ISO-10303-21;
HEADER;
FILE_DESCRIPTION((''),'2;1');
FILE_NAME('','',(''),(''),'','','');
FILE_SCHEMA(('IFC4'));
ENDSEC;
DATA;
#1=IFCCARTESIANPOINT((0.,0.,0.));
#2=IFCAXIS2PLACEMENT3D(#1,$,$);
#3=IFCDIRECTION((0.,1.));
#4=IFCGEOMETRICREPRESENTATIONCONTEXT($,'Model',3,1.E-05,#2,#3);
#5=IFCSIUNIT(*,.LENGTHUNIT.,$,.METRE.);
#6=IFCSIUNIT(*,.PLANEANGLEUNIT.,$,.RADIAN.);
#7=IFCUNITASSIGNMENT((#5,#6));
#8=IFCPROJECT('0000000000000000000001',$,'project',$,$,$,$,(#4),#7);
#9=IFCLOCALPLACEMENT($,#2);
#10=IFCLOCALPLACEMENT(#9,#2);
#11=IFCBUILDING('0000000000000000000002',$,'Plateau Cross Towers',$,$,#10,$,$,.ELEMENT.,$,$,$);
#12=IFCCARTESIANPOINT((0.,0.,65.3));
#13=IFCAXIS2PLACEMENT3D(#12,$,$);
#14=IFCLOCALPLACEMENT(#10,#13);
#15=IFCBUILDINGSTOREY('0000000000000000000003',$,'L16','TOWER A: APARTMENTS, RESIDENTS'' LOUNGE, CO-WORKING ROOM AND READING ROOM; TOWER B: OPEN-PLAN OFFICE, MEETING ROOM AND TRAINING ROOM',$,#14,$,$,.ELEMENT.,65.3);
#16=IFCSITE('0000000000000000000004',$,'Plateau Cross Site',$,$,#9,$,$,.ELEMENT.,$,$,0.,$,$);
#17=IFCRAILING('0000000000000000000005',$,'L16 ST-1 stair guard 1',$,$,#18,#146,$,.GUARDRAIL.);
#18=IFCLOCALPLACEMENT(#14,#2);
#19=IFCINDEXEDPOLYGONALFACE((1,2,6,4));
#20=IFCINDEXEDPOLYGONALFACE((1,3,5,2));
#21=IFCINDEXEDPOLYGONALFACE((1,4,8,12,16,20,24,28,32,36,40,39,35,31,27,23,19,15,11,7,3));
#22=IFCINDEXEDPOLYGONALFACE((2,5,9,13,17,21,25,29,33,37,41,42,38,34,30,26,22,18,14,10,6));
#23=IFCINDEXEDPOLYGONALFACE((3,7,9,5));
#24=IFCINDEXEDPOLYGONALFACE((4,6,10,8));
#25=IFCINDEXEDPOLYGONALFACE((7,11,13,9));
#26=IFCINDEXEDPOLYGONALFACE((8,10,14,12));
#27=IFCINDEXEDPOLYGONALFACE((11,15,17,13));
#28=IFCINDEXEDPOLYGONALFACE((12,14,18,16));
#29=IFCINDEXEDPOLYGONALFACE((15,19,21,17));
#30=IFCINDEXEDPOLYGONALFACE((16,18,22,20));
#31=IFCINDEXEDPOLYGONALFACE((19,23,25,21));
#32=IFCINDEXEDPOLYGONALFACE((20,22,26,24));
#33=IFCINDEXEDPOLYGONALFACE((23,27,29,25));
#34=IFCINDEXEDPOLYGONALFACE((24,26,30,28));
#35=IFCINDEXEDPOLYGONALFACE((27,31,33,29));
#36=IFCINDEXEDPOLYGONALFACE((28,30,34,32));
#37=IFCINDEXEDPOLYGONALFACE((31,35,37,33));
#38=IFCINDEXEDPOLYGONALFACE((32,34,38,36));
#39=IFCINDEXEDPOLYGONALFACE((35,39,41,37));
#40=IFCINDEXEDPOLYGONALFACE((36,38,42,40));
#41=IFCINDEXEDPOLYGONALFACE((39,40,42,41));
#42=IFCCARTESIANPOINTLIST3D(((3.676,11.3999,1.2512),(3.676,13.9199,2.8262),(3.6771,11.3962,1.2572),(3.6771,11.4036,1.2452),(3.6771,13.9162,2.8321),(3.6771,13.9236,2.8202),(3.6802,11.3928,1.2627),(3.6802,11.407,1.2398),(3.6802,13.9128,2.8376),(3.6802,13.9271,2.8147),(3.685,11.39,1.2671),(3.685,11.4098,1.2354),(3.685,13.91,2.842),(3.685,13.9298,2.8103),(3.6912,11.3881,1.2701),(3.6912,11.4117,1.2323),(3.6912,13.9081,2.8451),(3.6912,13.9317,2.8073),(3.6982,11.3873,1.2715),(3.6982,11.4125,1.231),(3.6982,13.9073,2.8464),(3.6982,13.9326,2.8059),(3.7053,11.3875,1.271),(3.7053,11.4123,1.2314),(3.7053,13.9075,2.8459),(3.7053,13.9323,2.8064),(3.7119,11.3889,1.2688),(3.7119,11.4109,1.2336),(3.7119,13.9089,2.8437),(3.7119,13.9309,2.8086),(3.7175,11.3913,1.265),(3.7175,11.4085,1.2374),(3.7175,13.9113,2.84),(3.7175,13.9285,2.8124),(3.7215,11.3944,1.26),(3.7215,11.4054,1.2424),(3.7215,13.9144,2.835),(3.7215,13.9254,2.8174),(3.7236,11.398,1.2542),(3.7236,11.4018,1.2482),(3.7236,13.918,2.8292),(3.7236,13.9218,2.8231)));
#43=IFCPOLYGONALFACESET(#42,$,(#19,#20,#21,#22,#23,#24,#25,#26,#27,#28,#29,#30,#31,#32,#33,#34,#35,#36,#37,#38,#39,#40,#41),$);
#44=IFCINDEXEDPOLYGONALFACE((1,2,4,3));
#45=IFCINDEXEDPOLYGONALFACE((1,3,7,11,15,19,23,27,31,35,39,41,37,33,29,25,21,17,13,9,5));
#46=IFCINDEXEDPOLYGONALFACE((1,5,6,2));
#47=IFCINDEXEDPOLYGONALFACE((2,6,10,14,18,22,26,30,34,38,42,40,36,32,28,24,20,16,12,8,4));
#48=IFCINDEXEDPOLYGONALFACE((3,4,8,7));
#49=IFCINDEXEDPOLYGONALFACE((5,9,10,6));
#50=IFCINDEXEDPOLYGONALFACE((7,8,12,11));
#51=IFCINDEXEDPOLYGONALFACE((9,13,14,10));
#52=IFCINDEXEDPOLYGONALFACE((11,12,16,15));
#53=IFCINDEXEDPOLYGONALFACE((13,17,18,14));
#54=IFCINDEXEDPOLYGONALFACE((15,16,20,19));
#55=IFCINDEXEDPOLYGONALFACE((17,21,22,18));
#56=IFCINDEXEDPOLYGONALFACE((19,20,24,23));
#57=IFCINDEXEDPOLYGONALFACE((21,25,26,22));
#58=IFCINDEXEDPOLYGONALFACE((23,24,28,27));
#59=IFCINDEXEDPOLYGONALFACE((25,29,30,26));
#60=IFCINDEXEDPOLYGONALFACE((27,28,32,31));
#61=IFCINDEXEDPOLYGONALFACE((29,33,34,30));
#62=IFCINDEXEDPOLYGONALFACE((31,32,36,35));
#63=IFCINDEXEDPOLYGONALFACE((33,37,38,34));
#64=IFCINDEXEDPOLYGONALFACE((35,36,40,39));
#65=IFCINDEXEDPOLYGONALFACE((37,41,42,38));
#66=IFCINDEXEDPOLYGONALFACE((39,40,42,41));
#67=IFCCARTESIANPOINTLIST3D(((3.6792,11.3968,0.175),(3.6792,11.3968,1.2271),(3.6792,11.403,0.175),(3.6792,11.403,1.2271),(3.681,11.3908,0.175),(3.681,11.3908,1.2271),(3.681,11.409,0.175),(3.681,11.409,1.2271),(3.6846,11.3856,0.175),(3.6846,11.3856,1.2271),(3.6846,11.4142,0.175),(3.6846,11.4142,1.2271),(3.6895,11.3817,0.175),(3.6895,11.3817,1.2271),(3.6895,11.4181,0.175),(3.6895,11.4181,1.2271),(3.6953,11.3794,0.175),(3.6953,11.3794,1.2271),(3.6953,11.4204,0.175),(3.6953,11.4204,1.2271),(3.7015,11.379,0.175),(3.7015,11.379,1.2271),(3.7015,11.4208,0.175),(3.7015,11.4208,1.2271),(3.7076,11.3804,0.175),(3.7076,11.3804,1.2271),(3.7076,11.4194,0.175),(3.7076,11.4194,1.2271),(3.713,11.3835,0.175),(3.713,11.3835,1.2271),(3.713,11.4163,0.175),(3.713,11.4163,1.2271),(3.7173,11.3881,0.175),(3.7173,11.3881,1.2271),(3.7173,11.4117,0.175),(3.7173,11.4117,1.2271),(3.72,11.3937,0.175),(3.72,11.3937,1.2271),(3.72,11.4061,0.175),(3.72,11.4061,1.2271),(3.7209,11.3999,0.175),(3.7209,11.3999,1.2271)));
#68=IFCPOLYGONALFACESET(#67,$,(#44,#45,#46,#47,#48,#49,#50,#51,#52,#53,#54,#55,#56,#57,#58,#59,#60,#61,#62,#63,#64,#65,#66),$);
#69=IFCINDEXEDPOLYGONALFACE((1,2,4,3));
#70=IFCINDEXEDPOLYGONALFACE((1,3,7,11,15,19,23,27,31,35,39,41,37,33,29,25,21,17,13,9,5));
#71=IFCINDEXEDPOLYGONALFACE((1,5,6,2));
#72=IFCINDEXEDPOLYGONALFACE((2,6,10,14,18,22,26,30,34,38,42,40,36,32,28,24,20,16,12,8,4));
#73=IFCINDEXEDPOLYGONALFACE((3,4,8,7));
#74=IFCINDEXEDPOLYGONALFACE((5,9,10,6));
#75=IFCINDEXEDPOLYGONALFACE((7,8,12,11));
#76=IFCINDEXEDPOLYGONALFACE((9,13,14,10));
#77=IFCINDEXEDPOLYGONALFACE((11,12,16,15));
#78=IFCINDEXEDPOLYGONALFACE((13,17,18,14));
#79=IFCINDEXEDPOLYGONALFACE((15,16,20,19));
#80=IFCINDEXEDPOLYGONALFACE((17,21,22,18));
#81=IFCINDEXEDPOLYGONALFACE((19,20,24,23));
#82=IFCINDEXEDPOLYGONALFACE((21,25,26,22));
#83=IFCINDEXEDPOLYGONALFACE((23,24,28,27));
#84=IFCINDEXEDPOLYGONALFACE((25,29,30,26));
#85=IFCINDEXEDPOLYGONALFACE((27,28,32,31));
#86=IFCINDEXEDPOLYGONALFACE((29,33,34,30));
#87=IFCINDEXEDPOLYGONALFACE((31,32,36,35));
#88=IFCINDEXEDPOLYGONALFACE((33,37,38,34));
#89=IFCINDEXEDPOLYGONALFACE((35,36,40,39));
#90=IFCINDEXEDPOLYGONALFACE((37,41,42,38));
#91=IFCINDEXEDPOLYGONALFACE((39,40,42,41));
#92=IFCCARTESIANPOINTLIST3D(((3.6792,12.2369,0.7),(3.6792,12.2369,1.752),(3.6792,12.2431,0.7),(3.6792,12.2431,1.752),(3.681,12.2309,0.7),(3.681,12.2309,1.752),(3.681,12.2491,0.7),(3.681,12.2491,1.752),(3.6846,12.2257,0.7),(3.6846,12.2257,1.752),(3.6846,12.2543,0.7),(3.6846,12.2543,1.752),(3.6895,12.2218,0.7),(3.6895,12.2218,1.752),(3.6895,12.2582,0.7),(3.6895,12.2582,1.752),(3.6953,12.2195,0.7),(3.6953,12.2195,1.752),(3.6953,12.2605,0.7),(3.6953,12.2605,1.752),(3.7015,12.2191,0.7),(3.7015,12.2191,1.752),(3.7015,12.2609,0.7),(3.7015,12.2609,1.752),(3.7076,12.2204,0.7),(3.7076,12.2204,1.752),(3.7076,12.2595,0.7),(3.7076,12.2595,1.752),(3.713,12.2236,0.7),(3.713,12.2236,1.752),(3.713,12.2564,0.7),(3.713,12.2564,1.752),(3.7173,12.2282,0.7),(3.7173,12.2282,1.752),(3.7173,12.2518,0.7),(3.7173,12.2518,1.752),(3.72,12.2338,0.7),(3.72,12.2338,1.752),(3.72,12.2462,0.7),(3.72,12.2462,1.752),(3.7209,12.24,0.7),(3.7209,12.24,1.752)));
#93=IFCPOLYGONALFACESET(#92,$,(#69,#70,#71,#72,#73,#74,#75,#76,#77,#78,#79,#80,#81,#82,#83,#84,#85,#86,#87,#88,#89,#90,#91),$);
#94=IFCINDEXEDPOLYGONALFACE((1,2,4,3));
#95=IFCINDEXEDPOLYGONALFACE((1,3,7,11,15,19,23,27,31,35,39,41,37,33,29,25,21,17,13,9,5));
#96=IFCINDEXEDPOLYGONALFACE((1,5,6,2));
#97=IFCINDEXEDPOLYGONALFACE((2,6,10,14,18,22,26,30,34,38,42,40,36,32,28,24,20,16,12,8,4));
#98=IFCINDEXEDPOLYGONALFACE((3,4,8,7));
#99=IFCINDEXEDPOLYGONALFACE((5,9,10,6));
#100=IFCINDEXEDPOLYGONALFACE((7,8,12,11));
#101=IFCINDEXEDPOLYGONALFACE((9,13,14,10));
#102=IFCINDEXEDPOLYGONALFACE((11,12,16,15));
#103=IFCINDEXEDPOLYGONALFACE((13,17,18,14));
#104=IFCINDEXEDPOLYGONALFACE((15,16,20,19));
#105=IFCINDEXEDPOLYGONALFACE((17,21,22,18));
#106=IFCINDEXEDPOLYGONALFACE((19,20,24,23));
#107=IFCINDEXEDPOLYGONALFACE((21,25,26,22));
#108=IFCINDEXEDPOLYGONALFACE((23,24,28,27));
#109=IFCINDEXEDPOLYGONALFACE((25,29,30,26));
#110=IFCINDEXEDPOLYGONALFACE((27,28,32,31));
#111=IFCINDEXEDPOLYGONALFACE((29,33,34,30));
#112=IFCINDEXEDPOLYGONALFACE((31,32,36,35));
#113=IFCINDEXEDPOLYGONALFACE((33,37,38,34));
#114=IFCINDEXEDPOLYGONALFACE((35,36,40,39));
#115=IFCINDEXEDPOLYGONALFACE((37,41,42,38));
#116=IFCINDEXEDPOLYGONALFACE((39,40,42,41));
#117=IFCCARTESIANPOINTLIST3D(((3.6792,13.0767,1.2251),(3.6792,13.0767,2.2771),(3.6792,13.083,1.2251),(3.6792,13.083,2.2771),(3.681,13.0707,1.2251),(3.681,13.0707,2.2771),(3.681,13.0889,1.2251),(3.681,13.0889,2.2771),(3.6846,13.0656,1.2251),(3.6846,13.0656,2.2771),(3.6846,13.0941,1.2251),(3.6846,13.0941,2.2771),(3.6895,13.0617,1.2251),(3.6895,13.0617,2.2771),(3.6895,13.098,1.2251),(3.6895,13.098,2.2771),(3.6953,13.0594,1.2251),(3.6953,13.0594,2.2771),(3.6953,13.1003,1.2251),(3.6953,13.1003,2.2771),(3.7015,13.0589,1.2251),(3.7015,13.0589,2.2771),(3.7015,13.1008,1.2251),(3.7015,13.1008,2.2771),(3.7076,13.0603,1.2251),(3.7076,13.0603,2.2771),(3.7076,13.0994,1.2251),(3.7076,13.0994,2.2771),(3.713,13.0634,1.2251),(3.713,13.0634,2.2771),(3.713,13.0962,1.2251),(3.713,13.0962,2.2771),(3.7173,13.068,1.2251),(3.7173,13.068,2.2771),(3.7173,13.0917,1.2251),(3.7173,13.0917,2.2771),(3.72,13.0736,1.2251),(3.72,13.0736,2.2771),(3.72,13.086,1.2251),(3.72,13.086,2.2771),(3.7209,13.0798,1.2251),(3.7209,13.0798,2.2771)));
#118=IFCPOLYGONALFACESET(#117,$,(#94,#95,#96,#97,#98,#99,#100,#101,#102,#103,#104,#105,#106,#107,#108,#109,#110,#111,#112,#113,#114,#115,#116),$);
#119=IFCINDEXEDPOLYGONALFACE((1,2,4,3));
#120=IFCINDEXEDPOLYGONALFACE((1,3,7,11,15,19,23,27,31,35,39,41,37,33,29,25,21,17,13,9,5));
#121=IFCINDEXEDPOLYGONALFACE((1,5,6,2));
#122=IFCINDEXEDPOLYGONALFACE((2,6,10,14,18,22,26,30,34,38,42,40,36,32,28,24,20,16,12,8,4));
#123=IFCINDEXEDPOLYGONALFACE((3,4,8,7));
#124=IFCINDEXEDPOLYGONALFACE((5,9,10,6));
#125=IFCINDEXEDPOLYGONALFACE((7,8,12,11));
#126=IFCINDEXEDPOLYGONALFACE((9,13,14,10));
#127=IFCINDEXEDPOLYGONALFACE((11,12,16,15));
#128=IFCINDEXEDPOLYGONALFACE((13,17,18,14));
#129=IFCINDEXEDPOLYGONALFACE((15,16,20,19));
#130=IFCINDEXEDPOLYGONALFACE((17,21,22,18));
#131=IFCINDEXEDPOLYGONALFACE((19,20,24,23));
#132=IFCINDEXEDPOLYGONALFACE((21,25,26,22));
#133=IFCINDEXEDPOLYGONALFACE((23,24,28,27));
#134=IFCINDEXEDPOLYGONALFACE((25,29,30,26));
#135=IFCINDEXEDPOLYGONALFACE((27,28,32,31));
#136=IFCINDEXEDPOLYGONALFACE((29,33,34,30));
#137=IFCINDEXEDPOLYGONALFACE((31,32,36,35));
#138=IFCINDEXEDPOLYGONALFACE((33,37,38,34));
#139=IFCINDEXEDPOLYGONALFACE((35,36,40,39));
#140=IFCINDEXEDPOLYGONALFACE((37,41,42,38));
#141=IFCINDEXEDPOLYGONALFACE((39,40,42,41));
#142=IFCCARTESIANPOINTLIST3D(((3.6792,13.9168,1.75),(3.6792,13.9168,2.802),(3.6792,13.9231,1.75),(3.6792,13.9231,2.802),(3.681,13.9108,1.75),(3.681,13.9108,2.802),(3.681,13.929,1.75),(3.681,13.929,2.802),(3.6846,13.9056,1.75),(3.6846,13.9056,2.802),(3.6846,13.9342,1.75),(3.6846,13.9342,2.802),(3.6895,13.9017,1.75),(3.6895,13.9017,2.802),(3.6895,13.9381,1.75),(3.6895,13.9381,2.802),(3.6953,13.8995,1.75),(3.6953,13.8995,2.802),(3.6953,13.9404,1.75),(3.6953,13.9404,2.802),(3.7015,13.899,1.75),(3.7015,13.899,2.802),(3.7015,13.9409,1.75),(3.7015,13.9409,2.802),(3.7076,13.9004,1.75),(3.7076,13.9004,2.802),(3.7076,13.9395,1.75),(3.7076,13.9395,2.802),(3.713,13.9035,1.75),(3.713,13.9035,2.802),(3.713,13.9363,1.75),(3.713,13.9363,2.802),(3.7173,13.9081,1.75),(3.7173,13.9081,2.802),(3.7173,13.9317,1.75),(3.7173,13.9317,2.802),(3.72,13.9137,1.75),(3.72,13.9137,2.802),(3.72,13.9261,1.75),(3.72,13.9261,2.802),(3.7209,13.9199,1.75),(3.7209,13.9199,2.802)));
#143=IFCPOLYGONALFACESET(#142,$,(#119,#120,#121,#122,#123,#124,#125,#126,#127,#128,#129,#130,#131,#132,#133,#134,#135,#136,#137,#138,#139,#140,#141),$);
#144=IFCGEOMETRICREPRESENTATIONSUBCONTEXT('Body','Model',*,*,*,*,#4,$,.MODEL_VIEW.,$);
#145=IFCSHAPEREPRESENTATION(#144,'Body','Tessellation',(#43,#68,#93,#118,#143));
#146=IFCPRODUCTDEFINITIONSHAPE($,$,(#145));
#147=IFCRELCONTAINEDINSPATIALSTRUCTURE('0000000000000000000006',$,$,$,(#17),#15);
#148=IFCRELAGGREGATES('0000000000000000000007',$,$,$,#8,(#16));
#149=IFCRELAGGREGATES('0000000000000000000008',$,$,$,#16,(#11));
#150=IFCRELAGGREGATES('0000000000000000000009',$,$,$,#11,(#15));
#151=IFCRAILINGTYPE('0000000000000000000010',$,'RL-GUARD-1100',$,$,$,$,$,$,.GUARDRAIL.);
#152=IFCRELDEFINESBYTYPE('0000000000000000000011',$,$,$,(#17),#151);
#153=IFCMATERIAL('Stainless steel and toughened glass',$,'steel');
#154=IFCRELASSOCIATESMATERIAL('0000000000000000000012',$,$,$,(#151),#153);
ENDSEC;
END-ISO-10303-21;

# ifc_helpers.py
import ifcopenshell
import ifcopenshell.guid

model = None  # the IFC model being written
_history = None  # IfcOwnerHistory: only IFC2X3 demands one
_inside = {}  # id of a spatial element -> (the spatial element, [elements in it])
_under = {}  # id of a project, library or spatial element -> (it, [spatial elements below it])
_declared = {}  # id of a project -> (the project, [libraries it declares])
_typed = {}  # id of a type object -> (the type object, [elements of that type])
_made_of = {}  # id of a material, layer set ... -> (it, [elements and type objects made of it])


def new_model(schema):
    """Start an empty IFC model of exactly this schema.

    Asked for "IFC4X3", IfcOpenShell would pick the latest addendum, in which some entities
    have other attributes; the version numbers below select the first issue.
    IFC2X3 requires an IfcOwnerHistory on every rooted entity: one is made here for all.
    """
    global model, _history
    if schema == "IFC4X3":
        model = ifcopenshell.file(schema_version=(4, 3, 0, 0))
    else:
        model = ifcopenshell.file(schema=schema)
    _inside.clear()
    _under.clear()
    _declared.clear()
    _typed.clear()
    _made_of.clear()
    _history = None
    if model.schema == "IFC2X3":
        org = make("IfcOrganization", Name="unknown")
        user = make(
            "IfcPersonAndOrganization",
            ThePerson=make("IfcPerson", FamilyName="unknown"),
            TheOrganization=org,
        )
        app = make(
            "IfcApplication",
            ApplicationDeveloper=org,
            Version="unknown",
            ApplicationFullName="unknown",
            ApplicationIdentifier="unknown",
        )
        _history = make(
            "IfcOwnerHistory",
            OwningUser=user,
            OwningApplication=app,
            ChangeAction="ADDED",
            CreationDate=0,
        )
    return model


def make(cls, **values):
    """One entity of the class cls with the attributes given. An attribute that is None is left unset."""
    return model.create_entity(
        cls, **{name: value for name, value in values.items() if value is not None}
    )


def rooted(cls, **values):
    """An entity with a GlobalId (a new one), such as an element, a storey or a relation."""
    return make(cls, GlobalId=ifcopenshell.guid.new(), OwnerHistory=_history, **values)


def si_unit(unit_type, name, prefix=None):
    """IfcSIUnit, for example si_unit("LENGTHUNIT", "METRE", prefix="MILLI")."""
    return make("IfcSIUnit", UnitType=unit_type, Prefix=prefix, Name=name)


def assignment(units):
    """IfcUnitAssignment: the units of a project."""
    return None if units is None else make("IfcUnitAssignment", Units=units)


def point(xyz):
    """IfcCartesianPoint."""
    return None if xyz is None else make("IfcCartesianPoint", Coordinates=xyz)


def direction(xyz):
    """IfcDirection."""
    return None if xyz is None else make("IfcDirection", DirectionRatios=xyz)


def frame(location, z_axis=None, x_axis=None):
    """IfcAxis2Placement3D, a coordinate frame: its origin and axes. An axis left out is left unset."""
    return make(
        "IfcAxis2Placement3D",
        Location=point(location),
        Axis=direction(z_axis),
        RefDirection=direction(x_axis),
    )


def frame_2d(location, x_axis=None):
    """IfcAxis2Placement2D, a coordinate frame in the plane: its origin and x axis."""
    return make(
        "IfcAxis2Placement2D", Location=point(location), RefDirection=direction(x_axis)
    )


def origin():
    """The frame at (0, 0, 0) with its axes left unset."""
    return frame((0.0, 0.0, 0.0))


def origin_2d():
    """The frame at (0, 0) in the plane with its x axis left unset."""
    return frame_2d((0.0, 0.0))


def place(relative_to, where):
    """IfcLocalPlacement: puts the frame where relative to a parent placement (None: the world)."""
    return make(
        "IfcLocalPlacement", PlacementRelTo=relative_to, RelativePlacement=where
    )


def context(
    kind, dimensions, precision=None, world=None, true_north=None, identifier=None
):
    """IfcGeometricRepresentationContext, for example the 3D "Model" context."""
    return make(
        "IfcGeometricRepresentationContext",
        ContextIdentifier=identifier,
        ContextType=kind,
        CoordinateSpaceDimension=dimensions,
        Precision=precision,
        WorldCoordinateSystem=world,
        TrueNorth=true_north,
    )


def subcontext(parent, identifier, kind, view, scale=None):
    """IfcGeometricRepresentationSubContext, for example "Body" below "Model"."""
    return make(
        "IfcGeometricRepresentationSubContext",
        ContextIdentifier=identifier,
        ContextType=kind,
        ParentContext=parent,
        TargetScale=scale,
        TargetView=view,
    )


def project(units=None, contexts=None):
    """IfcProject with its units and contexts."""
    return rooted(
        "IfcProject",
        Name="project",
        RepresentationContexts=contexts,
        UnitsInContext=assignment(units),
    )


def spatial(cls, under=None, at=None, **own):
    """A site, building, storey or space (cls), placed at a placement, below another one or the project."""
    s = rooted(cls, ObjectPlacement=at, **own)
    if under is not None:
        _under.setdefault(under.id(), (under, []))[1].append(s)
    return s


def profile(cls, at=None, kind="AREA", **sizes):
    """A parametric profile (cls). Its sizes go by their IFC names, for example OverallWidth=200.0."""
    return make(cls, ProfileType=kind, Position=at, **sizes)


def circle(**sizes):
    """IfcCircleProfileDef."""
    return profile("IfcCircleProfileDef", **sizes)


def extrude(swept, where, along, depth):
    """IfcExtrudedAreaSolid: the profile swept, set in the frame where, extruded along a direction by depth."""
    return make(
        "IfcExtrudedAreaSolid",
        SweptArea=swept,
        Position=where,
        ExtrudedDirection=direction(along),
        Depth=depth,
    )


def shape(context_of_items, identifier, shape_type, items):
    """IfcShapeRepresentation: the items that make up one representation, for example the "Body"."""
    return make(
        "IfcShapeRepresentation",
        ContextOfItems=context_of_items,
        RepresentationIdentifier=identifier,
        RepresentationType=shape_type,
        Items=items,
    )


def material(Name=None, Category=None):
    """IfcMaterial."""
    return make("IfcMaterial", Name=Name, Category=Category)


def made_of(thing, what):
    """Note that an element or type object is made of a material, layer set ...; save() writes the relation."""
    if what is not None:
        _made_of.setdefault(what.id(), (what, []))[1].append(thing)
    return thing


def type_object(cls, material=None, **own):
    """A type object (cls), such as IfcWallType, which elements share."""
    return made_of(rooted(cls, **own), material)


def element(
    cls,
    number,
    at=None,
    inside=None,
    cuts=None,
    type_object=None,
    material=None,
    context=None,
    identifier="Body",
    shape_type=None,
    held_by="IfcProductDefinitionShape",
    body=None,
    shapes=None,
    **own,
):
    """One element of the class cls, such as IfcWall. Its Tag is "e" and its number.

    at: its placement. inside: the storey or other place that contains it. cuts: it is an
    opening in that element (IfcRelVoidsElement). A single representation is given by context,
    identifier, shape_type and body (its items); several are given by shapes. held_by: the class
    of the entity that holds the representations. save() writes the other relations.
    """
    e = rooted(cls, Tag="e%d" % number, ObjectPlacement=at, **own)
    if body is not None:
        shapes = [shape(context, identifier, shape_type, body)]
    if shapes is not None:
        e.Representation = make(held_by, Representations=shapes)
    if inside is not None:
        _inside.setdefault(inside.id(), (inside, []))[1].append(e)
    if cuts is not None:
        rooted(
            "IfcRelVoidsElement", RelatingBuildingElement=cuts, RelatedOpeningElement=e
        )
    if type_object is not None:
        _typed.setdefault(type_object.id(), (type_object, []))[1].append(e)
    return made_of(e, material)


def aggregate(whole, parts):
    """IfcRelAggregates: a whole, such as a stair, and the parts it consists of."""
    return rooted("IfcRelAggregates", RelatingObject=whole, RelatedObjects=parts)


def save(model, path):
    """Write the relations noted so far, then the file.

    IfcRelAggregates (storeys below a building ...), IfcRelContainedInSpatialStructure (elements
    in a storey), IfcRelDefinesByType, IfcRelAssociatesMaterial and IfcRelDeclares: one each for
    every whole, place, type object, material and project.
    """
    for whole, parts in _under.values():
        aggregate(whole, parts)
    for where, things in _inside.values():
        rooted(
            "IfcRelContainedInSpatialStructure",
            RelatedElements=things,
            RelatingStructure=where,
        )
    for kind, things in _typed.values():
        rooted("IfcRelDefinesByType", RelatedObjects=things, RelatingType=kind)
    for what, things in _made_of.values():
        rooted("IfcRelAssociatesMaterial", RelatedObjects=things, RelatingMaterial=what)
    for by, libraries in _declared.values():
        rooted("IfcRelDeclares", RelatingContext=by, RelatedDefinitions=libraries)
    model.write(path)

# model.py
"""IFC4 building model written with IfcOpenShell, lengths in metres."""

from ifc_helpers import new_model, si_unit, direction, frame, origin, origin_2d, place, context, subcontext, project, spatial, circle, extrude, material, type_object, element, save


model = new_model("IFC4")

# Units and contexts
model_context = context("Model", 3, precision=1e-05, world=origin(), true_north=direction((0.0, 1.0)))
body_context = subcontext(model_context, "Body", "Model", "MODEL_VIEW")
ifc_project = project(units=[si_unit("LENGTHUNIT", "METRE"), si_unit("PLANEANGLEUNIT", "RADIAN")], contexts=[model_context])

# Site, building, storey
site_placement = place(None, origin())
site = spatial("IfcSite", under=ifc_project, at=site_placement, Name="Plateau Cross Site", CompositionType="ELEMENT", RefElevation=0.0)
building_placement = place(site_placement, origin())
building = spatial("IfcBuilding", under=site, at=building_placement, Name="Plateau Cross Towers", CompositionType="ELEMENT")
storey_placement = place(building_placement, frame((0.0, 0.0, 65.3)))
storey = spatial("IfcBuildingStorey", under=building, at=storey_placement, Name="L16", Description="TOWER A: APARTMENTS, RESIDENTS' LOUNGE, CO-WORKING ROOM AND READING ROOM; TOWER B: OPEN-PLAN OFFICE, MEETING ROOM AND TRAINING ROOM", CompositionType="ELEMENT", Elevation=65.3)

# Railing
ifc_material_1 = material(Name="Stainless steel and toughened glass", Category="steel")
railing_type = type_object("IfcRailingType", Name="RL-GUARD-1100", PredefinedType="GUARDRAIL", material=ifc_material_1)
railing_1_placement = place(storey_placement, frame((3.7, 11.3999, 0.175)))
element("IfcRailing", 1, at=railing_1_placement, inside=storey, type_object=railing_type, Name="L16 ST-1 stair guard 1", PredefinedType="GUARDRAIL", context=body_context, shape_type="SweptSolid", body=[
    extrude(circle(Radius=0.0239, at=origin_2d()), frame((0.0, 0.0, 1.0762), z_axis=(0.0, 0.848008, 0.529984), x_axis=(-1.0, 0.0, 0.0)), (0.0, 0.0, 1.0), 2.9717),
    extrude(circle(Radius=0.021, at=origin_2d()), origin(), (0.0, 0.0, 1.0), 1.052),
    extrude(circle(Radius=0.021, at=origin_2d()), frame((0.0, 0.8401, 0.5249)), (0.0, 0.0, 1.0), 1.052),
    extrude(circle(Radius=0.021, at=origin_2d()), frame((0.0, 1.6799, 1.05)), (0.0, 0.0, 1.0), 1.052),
    extrude(circle(Radius=0.021, at=origin_2d()), frame((0.0, 2.52, 1.575)), (0.0, 0.0, 1.0), 1.052),
])

save(model, "model.ifc")
